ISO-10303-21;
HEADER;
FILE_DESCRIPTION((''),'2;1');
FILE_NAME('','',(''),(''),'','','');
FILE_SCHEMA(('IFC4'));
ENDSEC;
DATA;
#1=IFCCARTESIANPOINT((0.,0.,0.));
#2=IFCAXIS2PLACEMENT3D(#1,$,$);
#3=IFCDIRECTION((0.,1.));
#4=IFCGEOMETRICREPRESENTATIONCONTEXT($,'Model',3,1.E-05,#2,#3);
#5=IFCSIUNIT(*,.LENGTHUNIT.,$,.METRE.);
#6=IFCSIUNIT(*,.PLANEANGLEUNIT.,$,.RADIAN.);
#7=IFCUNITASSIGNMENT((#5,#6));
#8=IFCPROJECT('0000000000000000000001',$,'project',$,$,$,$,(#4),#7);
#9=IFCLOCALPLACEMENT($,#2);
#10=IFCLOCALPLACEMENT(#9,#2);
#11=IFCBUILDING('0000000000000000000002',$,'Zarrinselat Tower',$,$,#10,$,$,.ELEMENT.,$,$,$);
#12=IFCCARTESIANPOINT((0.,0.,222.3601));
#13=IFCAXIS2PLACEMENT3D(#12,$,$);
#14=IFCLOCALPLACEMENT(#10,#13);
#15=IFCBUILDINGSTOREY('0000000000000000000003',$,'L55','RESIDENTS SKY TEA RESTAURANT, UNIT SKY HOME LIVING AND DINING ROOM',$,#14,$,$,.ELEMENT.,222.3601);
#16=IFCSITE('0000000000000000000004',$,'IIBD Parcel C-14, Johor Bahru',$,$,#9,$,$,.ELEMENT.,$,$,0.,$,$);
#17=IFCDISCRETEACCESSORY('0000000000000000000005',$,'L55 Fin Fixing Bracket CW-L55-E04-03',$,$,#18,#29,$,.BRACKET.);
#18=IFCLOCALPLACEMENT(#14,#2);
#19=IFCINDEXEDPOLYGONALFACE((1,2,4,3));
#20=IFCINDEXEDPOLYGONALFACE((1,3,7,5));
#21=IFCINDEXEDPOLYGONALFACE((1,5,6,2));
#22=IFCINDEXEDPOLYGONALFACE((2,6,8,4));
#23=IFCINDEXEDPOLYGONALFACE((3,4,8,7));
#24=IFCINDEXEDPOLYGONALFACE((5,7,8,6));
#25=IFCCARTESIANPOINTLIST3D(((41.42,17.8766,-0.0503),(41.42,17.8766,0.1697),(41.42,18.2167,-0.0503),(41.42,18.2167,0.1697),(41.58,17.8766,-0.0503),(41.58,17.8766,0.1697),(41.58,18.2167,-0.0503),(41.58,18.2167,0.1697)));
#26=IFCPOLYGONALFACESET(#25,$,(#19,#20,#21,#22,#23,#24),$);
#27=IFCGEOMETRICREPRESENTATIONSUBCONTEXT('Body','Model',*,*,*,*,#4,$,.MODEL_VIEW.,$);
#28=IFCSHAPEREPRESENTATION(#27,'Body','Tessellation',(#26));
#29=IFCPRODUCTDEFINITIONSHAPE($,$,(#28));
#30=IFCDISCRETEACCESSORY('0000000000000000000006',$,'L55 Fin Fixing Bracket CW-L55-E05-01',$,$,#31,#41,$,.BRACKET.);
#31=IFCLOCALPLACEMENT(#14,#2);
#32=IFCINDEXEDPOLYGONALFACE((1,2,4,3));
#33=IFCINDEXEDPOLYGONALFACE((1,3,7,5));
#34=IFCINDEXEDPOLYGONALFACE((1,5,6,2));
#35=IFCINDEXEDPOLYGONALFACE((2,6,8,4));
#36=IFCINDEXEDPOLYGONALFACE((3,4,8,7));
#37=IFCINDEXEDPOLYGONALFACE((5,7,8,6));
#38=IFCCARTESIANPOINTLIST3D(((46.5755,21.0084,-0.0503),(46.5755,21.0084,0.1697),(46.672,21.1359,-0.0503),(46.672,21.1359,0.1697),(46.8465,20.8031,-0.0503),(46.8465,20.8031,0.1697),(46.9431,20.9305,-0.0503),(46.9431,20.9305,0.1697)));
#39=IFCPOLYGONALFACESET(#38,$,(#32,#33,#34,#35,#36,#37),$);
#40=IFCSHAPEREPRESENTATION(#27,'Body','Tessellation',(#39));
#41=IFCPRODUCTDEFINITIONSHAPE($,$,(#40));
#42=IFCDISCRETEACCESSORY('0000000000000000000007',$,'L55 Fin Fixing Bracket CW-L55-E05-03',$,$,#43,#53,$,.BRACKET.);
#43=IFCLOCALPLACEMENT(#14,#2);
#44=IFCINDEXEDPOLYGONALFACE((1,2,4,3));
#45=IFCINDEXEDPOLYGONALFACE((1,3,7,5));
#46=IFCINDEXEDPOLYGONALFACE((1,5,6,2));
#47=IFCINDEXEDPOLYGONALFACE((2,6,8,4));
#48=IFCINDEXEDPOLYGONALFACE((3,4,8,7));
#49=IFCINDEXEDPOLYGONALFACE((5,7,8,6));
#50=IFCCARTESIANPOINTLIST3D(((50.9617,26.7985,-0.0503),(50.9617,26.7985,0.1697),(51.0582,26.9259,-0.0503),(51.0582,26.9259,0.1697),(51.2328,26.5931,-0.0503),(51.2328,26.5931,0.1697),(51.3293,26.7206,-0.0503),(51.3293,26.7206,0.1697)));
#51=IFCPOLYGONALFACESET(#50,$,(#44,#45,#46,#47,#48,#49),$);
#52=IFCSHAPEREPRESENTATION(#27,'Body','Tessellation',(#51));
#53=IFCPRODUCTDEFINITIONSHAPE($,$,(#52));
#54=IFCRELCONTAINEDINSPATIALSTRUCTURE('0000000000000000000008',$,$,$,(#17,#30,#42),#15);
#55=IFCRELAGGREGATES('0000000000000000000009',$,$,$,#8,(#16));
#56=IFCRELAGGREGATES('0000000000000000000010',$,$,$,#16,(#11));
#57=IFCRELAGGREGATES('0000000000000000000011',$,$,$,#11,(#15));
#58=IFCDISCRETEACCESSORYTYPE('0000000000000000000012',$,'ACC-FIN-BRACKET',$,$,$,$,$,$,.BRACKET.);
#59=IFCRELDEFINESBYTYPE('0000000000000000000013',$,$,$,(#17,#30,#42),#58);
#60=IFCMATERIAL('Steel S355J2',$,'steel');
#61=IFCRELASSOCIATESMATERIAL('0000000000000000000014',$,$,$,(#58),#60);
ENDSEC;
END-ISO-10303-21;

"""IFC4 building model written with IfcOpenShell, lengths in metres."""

from ifc_helpers import new_model, si_unit, direction, frame, origin, origin_2d, place, context, subcontext, project, spatial, rectangle, extrude, material, type_object, element, save


model = new_model("IFC4")

# Units and contexts
model_context = context("Model", 3, precision=1e-05, world=origin(), true_north=direction((0.0, 1.0)))
body_context = subcontext(model_context, "Body", "Model", "MODEL_VIEW")
ifc_project = project(units=[si_unit("LENGTHUNIT", "METRE"), si_unit("PLANEANGLEUNIT", "RADIAN")], contexts=[model_context])

# Site, building, storey
site_placement = place(None, origin())
site = spatial("IfcSite", under=ifc_project, at=site_placement, Name="IIBD Parcel C-14, Johor Bahru", CompositionType="ELEMENT", RefElevation=0.0)
building_placement = place(site_placement, origin())
building = spatial("IfcBuilding", under=site, at=building_placement, Name="Zarrinselat Tower", CompositionType="ELEMENT")
storey_placement = place(building_placement, frame((0.0, 0.0, 222.3601)))
storey = spatial("IfcBuildingStorey", under=building, at=storey_placement, Name="L55", Description="RESIDENTS SKY TEA RESTAURANT, UNIT SKY HOME LIVING AND DINING ROOM", CompositionType="ELEMENT", Elevation=222.3601)

# Discrete accessories
ifc_material_1 = material(Name="Steel S355J2", Category="steel")
discrete_accessory_type = type_object("IfcDiscreteAccessoryType", Name="ACC-FIN-BRACKET", PredefinedType="BRACKET", material=ifc_material_1)
for number, where, z_axis, x_axis, name in (
    (1, (41.5, 18.0466, -0.0503), (0.0, 0.0, 1.0), (0.0, -1.0, 0.0), "L55 Fin Fixing Bracket CW-L55-E04-03"),
    (2, (46.7593, 20.9695, -0.0503), (0.0, 0.0, 1.0), (0.797091, -0.603859, 0.0), "L55 Fin Fixing Bracket CW-L55-E05-01"),
    (3, (51.1455, 26.7595, -0.0503), (0.0, 0.0, 1.0), (0.797091, -0.603859, 0.0), "L55 Fin Fixing Bracket CW-L55-E05-03"),
):
    element("IfcDiscreteAccessory", number, at=place(storey_placement, frame(where, z_axis=z_axis, x_axis=x_axis)), inside=storey, type_object=discrete_accessory_type, Name=name, PredefinedType="BRACKET", context=body_context, shape_type="SweptSolid", body=[
        extrude(rectangle(XDim=0.3401, YDim=0.1599, at=origin_2d()), origin(), (0.0, 0.0, 1.0), 0.22),
    ])

save(model, "model.ifc")
